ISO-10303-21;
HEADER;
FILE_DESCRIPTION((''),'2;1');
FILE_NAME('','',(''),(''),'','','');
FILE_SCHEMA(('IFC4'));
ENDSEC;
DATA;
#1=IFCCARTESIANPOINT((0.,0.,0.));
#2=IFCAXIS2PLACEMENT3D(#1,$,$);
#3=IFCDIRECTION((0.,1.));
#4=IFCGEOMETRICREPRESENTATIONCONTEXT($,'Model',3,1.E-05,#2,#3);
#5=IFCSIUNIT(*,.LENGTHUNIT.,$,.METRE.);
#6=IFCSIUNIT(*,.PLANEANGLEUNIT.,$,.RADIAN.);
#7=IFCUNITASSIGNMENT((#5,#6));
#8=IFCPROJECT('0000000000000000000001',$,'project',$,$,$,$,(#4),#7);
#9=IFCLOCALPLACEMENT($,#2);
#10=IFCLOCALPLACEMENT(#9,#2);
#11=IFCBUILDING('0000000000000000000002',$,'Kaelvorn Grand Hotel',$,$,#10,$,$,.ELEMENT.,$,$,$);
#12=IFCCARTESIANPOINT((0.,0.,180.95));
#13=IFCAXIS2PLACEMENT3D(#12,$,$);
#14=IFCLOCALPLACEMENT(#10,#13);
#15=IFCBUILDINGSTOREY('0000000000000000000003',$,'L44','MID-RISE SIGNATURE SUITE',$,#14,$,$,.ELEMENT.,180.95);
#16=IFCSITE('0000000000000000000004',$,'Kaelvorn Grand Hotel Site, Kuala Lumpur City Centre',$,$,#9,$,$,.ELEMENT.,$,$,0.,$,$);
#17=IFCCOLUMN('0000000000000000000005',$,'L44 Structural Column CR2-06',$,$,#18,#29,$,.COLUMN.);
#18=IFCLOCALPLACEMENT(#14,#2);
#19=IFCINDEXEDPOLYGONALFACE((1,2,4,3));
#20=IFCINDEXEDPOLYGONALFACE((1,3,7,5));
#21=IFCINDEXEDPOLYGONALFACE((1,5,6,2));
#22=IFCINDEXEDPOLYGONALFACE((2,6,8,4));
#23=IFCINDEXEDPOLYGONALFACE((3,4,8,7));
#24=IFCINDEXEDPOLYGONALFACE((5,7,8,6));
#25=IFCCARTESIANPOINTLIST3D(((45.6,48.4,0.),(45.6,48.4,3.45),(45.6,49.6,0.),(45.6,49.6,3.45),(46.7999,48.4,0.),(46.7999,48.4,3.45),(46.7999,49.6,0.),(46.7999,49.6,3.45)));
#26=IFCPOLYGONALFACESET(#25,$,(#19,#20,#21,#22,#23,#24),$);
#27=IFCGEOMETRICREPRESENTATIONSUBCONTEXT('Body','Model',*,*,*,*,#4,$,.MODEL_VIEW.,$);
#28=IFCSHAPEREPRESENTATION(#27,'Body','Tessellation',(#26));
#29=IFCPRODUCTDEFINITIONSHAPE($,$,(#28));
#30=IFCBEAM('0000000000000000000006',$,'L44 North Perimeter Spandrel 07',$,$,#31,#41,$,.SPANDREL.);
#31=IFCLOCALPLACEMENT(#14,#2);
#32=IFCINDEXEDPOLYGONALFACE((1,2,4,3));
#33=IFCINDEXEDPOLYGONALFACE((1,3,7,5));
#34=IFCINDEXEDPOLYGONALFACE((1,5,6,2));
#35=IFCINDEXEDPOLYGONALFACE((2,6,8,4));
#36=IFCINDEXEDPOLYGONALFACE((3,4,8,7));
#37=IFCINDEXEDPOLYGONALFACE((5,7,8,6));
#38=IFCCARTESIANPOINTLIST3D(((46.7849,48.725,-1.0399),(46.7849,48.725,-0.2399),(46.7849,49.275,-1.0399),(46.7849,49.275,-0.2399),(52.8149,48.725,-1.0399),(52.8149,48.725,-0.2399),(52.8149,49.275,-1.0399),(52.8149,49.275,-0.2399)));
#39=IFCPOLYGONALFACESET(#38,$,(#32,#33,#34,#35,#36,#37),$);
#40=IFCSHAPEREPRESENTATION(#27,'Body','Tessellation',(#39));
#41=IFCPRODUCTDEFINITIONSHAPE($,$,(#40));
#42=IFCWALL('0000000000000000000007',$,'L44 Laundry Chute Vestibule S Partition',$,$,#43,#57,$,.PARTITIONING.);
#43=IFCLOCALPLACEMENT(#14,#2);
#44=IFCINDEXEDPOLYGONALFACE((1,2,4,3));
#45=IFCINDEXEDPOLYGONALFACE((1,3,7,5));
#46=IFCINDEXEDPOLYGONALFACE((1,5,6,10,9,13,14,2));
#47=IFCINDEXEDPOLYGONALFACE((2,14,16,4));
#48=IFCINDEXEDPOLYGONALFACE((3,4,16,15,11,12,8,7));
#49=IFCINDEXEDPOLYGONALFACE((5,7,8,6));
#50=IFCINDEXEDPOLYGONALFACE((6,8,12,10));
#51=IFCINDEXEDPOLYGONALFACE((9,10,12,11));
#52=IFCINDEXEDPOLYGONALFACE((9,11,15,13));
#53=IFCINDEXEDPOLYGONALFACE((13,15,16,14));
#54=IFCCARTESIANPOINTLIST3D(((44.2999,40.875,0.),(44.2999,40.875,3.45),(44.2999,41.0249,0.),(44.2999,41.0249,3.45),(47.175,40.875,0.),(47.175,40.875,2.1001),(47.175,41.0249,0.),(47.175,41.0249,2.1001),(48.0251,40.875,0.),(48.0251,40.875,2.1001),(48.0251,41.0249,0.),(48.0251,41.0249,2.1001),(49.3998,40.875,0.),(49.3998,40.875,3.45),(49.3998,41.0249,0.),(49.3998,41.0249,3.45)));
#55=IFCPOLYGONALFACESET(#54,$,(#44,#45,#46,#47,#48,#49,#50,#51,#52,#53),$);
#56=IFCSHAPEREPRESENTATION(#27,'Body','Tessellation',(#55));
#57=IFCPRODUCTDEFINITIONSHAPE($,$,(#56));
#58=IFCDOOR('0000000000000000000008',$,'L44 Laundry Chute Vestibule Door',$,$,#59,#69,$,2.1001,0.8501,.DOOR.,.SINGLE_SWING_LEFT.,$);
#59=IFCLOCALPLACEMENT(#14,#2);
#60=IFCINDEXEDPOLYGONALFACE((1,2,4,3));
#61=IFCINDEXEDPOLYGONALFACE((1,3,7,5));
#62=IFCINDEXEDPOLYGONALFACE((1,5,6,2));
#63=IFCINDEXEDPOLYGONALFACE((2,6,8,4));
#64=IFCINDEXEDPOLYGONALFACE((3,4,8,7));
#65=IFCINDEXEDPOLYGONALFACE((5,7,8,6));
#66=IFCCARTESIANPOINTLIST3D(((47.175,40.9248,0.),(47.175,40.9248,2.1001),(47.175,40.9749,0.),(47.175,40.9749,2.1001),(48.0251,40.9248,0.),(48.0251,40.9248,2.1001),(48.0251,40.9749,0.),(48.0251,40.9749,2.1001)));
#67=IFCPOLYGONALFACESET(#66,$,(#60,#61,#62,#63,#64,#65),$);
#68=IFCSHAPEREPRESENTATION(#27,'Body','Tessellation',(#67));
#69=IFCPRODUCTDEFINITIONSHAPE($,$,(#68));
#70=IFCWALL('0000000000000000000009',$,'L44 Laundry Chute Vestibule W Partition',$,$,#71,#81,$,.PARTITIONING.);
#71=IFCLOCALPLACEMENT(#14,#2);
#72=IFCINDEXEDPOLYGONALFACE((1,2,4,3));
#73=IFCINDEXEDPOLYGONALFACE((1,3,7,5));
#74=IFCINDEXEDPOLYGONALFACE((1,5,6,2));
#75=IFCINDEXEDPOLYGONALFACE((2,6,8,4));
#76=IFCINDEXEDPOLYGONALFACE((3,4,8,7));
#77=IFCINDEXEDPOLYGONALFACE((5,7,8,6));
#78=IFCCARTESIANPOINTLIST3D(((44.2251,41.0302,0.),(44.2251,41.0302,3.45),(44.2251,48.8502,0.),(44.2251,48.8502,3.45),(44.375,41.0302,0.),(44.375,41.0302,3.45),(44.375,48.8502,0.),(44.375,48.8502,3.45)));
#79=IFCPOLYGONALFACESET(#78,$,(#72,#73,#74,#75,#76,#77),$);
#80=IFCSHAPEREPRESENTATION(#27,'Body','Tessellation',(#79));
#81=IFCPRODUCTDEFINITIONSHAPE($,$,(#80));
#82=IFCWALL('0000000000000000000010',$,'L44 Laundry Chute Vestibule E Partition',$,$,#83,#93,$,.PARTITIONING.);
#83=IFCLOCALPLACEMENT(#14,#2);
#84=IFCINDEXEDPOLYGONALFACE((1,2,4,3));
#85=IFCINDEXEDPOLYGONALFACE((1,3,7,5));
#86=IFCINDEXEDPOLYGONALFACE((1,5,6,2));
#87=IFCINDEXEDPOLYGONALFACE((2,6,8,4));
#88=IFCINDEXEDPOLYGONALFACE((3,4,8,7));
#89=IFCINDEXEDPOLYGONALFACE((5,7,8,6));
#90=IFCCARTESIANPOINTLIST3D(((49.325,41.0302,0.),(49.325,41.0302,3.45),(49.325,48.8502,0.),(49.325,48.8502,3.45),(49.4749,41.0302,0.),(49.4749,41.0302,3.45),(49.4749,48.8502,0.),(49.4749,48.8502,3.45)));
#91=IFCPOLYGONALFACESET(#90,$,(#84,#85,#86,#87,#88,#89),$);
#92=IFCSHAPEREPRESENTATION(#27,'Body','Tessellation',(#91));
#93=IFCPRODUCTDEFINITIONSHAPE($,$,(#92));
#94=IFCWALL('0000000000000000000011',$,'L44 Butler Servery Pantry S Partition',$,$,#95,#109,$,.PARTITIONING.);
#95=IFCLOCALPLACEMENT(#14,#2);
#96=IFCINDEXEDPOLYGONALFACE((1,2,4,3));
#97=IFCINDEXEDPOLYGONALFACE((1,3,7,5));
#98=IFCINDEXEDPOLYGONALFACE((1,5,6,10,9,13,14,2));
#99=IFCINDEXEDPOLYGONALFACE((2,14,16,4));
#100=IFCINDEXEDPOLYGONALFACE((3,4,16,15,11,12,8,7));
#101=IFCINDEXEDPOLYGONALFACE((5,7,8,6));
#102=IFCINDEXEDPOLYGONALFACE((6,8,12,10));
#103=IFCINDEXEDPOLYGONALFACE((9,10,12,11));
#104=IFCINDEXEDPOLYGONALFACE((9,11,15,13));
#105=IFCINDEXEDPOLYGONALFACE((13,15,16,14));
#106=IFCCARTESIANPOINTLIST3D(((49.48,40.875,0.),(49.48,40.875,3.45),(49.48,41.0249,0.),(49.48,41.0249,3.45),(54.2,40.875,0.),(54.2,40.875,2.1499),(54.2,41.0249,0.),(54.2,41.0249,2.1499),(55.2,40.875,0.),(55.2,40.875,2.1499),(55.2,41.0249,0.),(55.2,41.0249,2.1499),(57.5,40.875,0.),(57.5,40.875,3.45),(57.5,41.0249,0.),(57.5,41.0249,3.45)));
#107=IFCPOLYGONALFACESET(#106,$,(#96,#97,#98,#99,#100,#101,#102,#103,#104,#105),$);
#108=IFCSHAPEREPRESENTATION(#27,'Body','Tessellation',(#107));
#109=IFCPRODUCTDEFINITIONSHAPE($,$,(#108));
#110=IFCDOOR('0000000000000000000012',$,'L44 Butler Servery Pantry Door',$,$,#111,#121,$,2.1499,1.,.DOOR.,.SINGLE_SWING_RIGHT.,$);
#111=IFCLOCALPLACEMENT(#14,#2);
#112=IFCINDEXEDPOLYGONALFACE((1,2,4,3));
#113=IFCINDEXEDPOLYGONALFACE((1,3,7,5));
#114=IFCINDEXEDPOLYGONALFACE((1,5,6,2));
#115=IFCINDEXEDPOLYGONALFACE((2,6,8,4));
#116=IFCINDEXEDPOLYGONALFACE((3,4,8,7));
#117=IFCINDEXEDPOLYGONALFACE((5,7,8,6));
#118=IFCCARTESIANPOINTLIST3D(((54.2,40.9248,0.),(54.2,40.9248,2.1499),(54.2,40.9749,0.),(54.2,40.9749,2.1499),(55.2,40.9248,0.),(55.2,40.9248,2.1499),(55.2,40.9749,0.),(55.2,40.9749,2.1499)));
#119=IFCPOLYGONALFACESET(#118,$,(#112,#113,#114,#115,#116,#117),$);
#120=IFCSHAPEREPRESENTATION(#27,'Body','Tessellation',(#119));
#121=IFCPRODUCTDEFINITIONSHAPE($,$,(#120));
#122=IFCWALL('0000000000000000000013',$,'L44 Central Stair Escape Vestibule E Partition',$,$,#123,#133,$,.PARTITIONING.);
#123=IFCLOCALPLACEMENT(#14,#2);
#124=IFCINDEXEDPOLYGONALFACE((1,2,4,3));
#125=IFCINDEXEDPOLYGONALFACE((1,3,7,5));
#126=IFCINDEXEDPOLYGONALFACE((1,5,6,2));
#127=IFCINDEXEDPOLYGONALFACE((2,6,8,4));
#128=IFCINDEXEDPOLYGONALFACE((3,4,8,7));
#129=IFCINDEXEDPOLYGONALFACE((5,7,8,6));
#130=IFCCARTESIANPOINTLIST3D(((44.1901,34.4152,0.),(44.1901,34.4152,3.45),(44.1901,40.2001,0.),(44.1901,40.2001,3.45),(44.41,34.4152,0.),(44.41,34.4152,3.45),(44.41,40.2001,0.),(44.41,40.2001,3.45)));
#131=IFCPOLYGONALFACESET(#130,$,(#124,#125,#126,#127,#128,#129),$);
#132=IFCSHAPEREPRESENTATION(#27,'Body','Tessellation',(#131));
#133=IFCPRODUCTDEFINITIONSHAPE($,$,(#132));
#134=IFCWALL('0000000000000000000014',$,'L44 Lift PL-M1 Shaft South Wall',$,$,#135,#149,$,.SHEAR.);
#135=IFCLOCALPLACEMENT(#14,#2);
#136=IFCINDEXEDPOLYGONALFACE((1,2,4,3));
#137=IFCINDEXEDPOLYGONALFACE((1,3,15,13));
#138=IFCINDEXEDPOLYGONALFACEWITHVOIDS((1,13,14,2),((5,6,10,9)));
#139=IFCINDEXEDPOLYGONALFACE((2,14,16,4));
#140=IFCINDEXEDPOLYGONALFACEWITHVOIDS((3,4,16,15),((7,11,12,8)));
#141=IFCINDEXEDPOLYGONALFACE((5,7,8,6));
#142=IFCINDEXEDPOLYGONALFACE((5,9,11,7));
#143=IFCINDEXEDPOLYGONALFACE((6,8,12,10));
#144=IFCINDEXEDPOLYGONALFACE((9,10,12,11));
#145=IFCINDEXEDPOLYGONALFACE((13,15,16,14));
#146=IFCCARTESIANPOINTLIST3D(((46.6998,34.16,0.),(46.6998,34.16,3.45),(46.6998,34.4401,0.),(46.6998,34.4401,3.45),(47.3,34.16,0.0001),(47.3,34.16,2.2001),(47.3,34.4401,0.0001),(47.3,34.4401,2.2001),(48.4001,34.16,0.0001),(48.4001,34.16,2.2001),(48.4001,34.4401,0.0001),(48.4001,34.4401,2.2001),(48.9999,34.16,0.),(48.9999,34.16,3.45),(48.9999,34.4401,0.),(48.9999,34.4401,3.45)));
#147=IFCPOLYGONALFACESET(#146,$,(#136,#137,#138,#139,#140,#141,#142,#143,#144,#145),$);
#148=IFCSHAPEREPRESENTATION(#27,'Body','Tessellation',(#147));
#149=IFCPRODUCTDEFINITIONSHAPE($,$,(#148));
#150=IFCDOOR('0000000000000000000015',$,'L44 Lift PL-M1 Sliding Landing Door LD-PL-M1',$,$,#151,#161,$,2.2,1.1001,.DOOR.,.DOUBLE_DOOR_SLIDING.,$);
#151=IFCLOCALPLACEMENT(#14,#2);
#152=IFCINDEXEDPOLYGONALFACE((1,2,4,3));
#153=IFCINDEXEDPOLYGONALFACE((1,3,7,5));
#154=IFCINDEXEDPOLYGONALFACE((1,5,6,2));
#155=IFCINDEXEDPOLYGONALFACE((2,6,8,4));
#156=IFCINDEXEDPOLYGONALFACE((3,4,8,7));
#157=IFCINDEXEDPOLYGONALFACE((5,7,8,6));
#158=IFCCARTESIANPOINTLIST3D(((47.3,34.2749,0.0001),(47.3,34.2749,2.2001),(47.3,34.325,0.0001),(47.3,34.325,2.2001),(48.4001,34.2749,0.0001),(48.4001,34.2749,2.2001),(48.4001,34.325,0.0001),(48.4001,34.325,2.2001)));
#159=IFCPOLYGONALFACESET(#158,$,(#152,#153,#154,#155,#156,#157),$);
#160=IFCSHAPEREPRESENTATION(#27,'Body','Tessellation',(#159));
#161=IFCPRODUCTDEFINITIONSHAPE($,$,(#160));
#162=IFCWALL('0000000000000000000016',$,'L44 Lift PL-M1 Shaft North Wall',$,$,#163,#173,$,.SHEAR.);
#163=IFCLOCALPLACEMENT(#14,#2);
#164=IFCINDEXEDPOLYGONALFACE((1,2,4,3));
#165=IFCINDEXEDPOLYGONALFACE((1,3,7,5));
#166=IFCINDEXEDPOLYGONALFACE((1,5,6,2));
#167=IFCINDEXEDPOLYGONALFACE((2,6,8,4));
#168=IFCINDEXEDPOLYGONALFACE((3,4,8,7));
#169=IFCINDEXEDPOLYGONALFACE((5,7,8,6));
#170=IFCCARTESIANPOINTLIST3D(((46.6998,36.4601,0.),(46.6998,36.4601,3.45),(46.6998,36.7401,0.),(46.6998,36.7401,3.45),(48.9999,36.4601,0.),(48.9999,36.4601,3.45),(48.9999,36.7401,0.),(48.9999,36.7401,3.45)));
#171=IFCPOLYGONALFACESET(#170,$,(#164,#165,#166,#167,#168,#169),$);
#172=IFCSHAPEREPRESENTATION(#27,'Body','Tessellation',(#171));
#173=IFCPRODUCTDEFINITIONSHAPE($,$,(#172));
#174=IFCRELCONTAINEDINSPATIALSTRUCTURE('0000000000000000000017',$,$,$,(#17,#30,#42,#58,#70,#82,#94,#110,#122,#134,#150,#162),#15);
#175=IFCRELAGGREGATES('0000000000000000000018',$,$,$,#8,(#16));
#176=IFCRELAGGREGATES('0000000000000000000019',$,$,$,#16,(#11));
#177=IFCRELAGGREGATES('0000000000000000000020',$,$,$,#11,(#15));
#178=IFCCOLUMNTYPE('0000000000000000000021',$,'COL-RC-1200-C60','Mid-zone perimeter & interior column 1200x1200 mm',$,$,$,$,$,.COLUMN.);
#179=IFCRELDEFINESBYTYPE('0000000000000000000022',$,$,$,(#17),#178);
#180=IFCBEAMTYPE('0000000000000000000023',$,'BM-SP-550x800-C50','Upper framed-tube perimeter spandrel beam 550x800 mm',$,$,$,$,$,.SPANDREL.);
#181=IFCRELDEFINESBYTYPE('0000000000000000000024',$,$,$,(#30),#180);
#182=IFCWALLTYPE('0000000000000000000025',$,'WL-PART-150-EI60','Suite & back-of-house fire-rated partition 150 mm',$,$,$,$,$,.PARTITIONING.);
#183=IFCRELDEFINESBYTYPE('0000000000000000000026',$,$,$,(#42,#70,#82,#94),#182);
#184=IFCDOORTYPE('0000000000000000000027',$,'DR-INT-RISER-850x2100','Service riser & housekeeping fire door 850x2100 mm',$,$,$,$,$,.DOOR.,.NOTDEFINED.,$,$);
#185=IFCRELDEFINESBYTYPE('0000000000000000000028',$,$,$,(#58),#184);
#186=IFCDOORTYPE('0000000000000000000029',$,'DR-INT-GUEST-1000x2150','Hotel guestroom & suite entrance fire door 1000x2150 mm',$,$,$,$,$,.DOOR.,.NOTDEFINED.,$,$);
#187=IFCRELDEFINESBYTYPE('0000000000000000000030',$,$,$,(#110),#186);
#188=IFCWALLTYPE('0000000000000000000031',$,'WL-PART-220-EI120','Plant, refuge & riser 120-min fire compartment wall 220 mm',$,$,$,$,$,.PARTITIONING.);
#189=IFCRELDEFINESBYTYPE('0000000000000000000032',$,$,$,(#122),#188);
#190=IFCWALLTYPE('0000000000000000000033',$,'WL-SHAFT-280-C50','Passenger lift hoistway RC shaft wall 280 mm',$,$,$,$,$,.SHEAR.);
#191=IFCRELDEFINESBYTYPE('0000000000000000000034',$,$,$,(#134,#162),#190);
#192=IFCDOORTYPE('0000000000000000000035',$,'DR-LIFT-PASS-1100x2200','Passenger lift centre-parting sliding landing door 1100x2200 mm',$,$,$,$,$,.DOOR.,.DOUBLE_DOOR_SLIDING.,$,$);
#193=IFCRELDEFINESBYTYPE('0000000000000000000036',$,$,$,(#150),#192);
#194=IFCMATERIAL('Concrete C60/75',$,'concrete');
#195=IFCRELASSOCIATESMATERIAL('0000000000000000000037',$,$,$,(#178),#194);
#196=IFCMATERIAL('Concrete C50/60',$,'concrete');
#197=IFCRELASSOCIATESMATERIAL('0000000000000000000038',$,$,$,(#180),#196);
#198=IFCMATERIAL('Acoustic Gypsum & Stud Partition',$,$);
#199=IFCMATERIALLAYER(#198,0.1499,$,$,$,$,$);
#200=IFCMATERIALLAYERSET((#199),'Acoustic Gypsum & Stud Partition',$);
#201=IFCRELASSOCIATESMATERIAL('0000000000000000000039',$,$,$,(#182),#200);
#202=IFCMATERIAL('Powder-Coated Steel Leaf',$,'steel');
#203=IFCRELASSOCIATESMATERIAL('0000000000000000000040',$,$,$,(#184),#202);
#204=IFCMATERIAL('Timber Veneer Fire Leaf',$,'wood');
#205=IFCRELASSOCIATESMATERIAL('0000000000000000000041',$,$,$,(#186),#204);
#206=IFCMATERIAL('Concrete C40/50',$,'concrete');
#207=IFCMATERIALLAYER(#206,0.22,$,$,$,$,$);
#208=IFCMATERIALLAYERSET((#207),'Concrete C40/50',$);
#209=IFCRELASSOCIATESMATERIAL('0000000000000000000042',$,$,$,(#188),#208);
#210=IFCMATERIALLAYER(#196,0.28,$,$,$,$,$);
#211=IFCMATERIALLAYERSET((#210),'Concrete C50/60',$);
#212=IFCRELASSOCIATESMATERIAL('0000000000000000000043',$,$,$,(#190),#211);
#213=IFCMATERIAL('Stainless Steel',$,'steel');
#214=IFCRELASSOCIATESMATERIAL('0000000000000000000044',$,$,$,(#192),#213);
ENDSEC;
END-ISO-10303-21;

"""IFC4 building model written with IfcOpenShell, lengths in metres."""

from ifc_helpers import new_model, si_unit, direction, frame, frame_2d, origin, origin_2d, place, context, subcontext, project, spatial, rectangle, extrude, material, layer, layer_set, material_profile, profile_set, type_object, element, fill, save


model = new_model("IFC4")

# Units and contexts
model_context = context("Model", 3, precision=1e-05, world=origin(), true_north=direction((0.0, 1.0)))
body_context = subcontext(model_context, "Body", "Model", "MODEL_VIEW")
ifc_project = project(units=[si_unit("LENGTHUNIT", "METRE"), si_unit("PLANEANGLEUNIT", "RADIAN")], contexts=[model_context])

# Site, building, storey
site_placement = place(None, origin())
site = spatial("IfcSite", under=ifc_project, at=site_placement, Name="Kaelvorn Grand Hotel Site, Kuala Lumpur City Centre", CompositionType="ELEMENT", RefElevation=0.0)
building_placement = place(site_placement, origin())
building = spatial("IfcBuilding", under=site, at=building_placement, Name="Kaelvorn Grand Hotel", CompositionType="ELEMENT")
storey_placement = place(building_placement, frame((0.0, 0.0, 180.95)))
storey = spatial("IfcBuildingStorey", under=building, at=storey_placement, Name="L44", Description="MID-RISE SIGNATURE SUITE", CompositionType="ELEMENT", Elevation=180.95)

# Column
ifc_material_1 = material(Name="Concrete C60/75", Category="concrete")
ifc_material_profile_1 = material_profile(ifc_material_1, rectangle(XDim=1.2, YDim=1.2, at=origin_2d()), Name="RC COL 1200x1200")
ifc_profile_set_1 = profile_set([ifc_material_profile_1], Name="Concrete C60/75")
column_type = type_object("IfcColumnType", Name="COL-RC-1200-C60", Description="Mid-zone perimeter & interior column 1200x1200 mm", PredefinedType="COLUMN", material=ifc_profile_set_1)
column_placement = place(storey_placement, frame((46.2, 49.0, 0.0), z_axis=(0.0, 0.0, 1.0), x_axis=(1.0, 0.0, 0.0)))
element("IfcColumn", 1, at=column_placement, inside=storey, type_object=column_type, Name="L44 Structural Column CR2-06", PredefinedType="COLUMN", context=body_context, shape_type="SweptSolid", body=[
    extrude(rectangle(XDim=1.2, YDim=1.2, at=origin_2d()), origin(), (0.0, 0.0, 1.0), 3.45),
])

# Beam
ifc_material_2 = material(Name="Concrete C50/60", Category="concrete")
ifc_material_profile_2 = material_profile(ifc_material_2, rectangle(XDim=0.55, YDim=0.8, at=origin_2d()), Name="RC SPANDREL 550x800")
ifc_profile_set_2 = profile_set([ifc_material_profile_2], Name="Concrete C50/60")
beam_type = type_object("IfcBeamType", Name="BM-SP-550x800-C50", Description="Upper framed-tube perimeter spandrel beam 550x800 mm", PredefinedType="SPANDREL", material=ifc_profile_set_2)
beam_placement = place(storey_placement, frame((46.7849, 49.0, -0.6399), z_axis=(1.0, 0.0, 0.0), x_axis=(0.0, 1.0, 0.0)))
element("IfcBeam", 2, at=beam_placement, inside=storey, type_object=beam_type, Name="L44 North Perimeter Spandrel 07", PredefinedType="SPANDREL", context=body_context, shape_type="SweptSolid", body=[
    extrude(rectangle(XDim=0.55, YDim=0.8, at=origin_2d()), origin(), (0.0, 0.0, 1.0), 6.03),
])

# Wall, opening, door
ifc_material_3 = material(Name="Acoustic Gypsum & Stud Partition")
ifc_layer_1 = layer(ifc_material_3, 0.1499)
ifc_layer_set_1 = layer_set([ifc_layer_1], Name="Acoustic Gypsum & Stud Partition")
wall_type_1 = type_object("IfcWallType", Name="WL-PART-150-EI60", Description="Suite & back-of-house fire-rated partition 150 mm", PredefinedType="PARTITIONING", material=ifc_layer_set_1)
wall_1_placement = place(storey_placement, frame((44.3, 40.95, 0.0), z_axis=(0.0, 0.0, 1.0), x_axis=(1.0, 0.0, 0.0)))
wall_1 = element("IfcWall", 3, at=wall_1_placement, inside=storey, type_object=wall_type_1, Name="L44 Laundry Chute Vestibule S Partition", PredefinedType="PARTITIONING", context=body_context, shape_type="SweptSolid", body=[
    extrude(rectangle(XDim=5.0999, YDim=0.1499, at=frame_2d((2.5498, 0.0))), origin(), (0.0, 0.0, 1.0), 3.45),
])
opening_1_placement = place(wall_1_placement, frame((2.875, 0.0, 0.0)))
opening_1 = element("IfcOpeningElement", 4, at=opening_1_placement, cuts=wall_1, PredefinedType="OPENING", context=body_context, shape_type="SweptSolid", body=[
    extrude(rectangle(XDim=0.8501, YDim=2.1001, at=frame_2d((0.425, 1.05))), frame((0.0, 0.085, 0.0), z_axis=(0.0, -1.0, 0.0), x_axis=(1.0, 0.0, 0.0)), (0.0, 0.0, 1.0), 0.1699),
])
ifc_material_4 = material(Name="Powder-Coated Steel Leaf", Category="steel")
door_type_1 = type_object("IfcDoorType", Name="DR-INT-RISER-850x2100", Description="Service riser & housekeeping fire door 850x2100 mm", OperationType="NOTDEFINED", PredefinedType="DOOR", material=ifc_material_4)
door_1_placement = place(opening_1_placement, origin())
door_1 = element("IfcDoor", 5, at=door_1_placement, inside=storey, type_object=door_type_1, Name="L44 Laundry Chute Vestibule Door", OperationType="SINGLE_SWING_LEFT", OverallHeight=2.1001, OverallWidth=0.8501, PredefinedType="DOOR", context=body_context, shape_type="SweptSolid", body=[
    extrude(rectangle(XDim=0.8501, YDim=2.1001, at=frame_2d((0.425, 1.05))), frame((0.0, 0.0249, 0.0), z_axis=(0.0, -1.0, 0.0), x_axis=(1.0, 0.0, 0.0)), (0.0, 0.0, 1.0), 0.05),
])
fill(opening_1, door_1)

# Walls
for number, where, z_axis, x_axis, name in (
    (6, (44.3, 41.03, 0.0), (0.0, 0.0, 1.0), (0.0, 1.0, 0.0), "L44 Laundry Chute Vestibule W Partition"),
    (7, (49.3999, 41.03, 0.0), (0.0, 0.0, 1.0), (0.0, 1.0, 0.0), "L44 Laundry Chute Vestibule E Partition"),
):
    element("IfcWall", number, at=place(storey_placement, frame(where, z_axis=z_axis, x_axis=x_axis)), inside=storey, type_object=wall_type_1, Name=name, PredefinedType="PARTITIONING", context=body_context, shape_type="SweptSolid", body=[
        extrude(rectangle(XDim=7.8201, YDim=0.1499, at=frame_2d((3.9102, 0.0))), origin(), (0.0, 0.0, 1.0), 3.45),
    ])

# Wall, opening, door
wall_2_placement = place(storey_placement, frame((49.48, 40.95, 0.0), z_axis=(0.0, 0.0, 1.0), x_axis=(1.0, 0.0, 0.0)))
wall_2 = element("IfcWall", 8, at=wall_2_placement, inside=storey, type_object=wall_type_1, Name="L44 Butler Servery Pantry S Partition", PredefinedType="PARTITIONING", context=body_context, shape_type="SweptSolid", body=[
    extrude(rectangle(XDim=8.02, YDim=0.1499, at=frame_2d((4.01, 0.0))), origin(), (0.0, 0.0, 1.0), 3.45),
])
opening_2_placement = place(wall_2_placement, frame((4.72, 0.0, 0.0)))
opening_2 = element("IfcOpeningElement", 9, at=opening_2_placement, cuts=wall_2, PredefinedType="OPENING", context=body_context, shape_type="SweptSolid", body=[
    extrude(rectangle(XDim=1.0, YDim=2.1499, at=frame_2d((0.5, 1.075))), frame((0.0, 0.085, 0.0), z_axis=(0.0, -1.0, 0.0), x_axis=(1.0, 0.0, 0.0)), (0.0, 0.0, 1.0), 0.1699),
])
ifc_material_5 = material(Name="Timber Veneer Fire Leaf", Category="wood")
door_type_2 = type_object("IfcDoorType", Name="DR-INT-GUEST-1000x2150", Description="Hotel guestroom & suite entrance fire door 1000x2150 mm", OperationType="NOTDEFINED", PredefinedType="DOOR", material=ifc_material_5)
door_2_placement = place(opening_2_placement, origin())
door_2 = element("IfcDoor", 10, at=door_2_placement, inside=storey, type_object=door_type_2, Name="L44 Butler Servery Pantry Door", OperationType="SINGLE_SWING_RIGHT", OverallHeight=2.1499, OverallWidth=1.0, PredefinedType="DOOR", context=body_context, shape_type="SweptSolid", body=[
    extrude(rectangle(XDim=1.0, YDim=2.1499, at=frame_2d((0.5, 1.075))), frame((0.0, 0.0249, 0.0), z_axis=(0.0, -1.0, 0.0), x_axis=(1.0, 0.0, 0.0)), (0.0, 0.0, 1.0), 0.05),
])
fill(opening_2, door_2)

# Wall
ifc_material_6 = material(Name="Concrete C40/50", Category="concrete")
ifc_layer_2 = layer(ifc_material_6, 0.22)
ifc_layer_set_2 = layer_set([ifc_layer_2], Name="Concrete C40/50")
wall_type_2 = type_object("IfcWallType", Name="WL-PART-220-EI120", Description="Plant, refuge & riser 120-min fire compartment wall 220 mm", PredefinedType="PARTITIONING", material=ifc_layer_set_2)
wall_3_placement = place(storey_placement, frame((44.3, 34.415, 0.0), z_axis=(0.0, 0.0, 1.0), x_axis=(0.0, 1.0, 0.0)))
element("IfcWall", 11, at=wall_3_placement, inside=storey, type_object=wall_type_2, Name="L44 Central Stair Escape Vestibule E Partition", PredefinedType="PARTITIONING", context=body_context, shape_type="SweptSolid", body=[
    extrude(rectangle(XDim=5.7849, YDim=0.22, at=frame_2d((2.8926, 0.0))), origin(), (0.0, 0.0, 1.0), 3.45),
])

# Wall, opening, door
ifc_layer_3 = layer(ifc_material_2, 0.28)
ifc_layer_set_3 = layer_set([ifc_layer_3], Name="Concrete C50/60")
wall_type_3 = type_object("IfcWallType", Name="WL-SHAFT-280-C50", Description="Passenger lift hoistway RC shaft wall 280 mm", PredefinedType="SHEAR", material=ifc_layer_set_3)
wall_4_placement = place(storey_placement, frame((46.7, 34.3, 0.0), z_axis=(0.0, 0.0, 1.0), x_axis=(1.0, 0.0, 0.0)))
wall_4 = element("IfcWall", 12, at=wall_4_placement, inside=storey, type_object=wall_type_3, Name="L44 Lift PL-M1 Shaft South Wall", PredefinedType="SHEAR", context=body_context, shape_type="SweptSolid", body=[
    extrude(rectangle(XDim=2.3, YDim=0.28, at=frame_2d((1.1499, 0.0))), origin(), (0.0, 0.0, 1.0), 3.45),
])
opening_3_placement = place(wall_4_placement, frame((0.6001, 0.0, 0.0)))
opening_3 = element("IfcOpeningElement", 13, at=opening_3_placement, cuts=wall_4, PredefinedType="OPENING", context=body_context, shape_type="SweptSolid", body=[
    extrude(rectangle(XDim=1.1001, YDim=2.2, at=frame_2d((0.55, 1.1001))), frame((0.0, 0.1499, 0.0), z_axis=(0.0, -1.0, 0.0), x_axis=(1.0, 0.0, 0.0)), (0.0, 0.0, 1.0), 0.3),
])
ifc_material_7 = material(Name="Stainless Steel", Category="steel")
door_type_3 = type_object("IfcDoorType", Name="DR-LIFT-PASS-1100x2200", Description="Passenger lift centre-parting sliding landing door 1100x2200 mm", OperationType="DOUBLE_DOOR_SLIDING", PredefinedType="DOOR", material=ifc_material_7)
door_3_placement = place(opening_3_placement, origin())
door_3 = element("IfcDoor", 14, at=door_3_placement, inside=storey, type_object=door_type_3, Name="L44 Lift PL-M1 Sliding Landing Door LD-PL-M1", OperationType="DOUBLE_DOOR_SLIDING", OverallHeight=2.2, OverallWidth=1.1001, PredefinedType="DOOR", context=body_context, shape_type="SweptSolid", body=[
    extrude(rectangle(XDim=1.1001, YDim=2.2, at=frame_2d((0.55, 1.1001))), frame((0.0, 0.0249, 0.0), z_axis=(0.0, -1.0, 0.0), x_axis=(1.0, 0.0, 0.0)), (0.0, 0.0, 1.0), 0.05),
])
fill(opening_3, door_3)

# Wall
wall_5_placement = place(storey_placement, frame((46.7, 36.6001, 0.0), z_axis=(0.0, 0.0, 1.0), x_axis=(1.0, 0.0, 0.0)))
element("IfcWall", 15, at=wall_5_placement, inside=storey, type_object=wall_type_3, Name="L44 Lift PL-M1 Shaft North Wall", PredefinedType="SHEAR", context=body_context, shape_type="SweptSolid", body=[
    extrude(rectangle(XDim=2.3, YDim=0.28, at=frame_2d((1.1499, 0.0))), origin(), (0.0, 0.0, 1.0), 3.45),
])

save(model, "model.ifc")
